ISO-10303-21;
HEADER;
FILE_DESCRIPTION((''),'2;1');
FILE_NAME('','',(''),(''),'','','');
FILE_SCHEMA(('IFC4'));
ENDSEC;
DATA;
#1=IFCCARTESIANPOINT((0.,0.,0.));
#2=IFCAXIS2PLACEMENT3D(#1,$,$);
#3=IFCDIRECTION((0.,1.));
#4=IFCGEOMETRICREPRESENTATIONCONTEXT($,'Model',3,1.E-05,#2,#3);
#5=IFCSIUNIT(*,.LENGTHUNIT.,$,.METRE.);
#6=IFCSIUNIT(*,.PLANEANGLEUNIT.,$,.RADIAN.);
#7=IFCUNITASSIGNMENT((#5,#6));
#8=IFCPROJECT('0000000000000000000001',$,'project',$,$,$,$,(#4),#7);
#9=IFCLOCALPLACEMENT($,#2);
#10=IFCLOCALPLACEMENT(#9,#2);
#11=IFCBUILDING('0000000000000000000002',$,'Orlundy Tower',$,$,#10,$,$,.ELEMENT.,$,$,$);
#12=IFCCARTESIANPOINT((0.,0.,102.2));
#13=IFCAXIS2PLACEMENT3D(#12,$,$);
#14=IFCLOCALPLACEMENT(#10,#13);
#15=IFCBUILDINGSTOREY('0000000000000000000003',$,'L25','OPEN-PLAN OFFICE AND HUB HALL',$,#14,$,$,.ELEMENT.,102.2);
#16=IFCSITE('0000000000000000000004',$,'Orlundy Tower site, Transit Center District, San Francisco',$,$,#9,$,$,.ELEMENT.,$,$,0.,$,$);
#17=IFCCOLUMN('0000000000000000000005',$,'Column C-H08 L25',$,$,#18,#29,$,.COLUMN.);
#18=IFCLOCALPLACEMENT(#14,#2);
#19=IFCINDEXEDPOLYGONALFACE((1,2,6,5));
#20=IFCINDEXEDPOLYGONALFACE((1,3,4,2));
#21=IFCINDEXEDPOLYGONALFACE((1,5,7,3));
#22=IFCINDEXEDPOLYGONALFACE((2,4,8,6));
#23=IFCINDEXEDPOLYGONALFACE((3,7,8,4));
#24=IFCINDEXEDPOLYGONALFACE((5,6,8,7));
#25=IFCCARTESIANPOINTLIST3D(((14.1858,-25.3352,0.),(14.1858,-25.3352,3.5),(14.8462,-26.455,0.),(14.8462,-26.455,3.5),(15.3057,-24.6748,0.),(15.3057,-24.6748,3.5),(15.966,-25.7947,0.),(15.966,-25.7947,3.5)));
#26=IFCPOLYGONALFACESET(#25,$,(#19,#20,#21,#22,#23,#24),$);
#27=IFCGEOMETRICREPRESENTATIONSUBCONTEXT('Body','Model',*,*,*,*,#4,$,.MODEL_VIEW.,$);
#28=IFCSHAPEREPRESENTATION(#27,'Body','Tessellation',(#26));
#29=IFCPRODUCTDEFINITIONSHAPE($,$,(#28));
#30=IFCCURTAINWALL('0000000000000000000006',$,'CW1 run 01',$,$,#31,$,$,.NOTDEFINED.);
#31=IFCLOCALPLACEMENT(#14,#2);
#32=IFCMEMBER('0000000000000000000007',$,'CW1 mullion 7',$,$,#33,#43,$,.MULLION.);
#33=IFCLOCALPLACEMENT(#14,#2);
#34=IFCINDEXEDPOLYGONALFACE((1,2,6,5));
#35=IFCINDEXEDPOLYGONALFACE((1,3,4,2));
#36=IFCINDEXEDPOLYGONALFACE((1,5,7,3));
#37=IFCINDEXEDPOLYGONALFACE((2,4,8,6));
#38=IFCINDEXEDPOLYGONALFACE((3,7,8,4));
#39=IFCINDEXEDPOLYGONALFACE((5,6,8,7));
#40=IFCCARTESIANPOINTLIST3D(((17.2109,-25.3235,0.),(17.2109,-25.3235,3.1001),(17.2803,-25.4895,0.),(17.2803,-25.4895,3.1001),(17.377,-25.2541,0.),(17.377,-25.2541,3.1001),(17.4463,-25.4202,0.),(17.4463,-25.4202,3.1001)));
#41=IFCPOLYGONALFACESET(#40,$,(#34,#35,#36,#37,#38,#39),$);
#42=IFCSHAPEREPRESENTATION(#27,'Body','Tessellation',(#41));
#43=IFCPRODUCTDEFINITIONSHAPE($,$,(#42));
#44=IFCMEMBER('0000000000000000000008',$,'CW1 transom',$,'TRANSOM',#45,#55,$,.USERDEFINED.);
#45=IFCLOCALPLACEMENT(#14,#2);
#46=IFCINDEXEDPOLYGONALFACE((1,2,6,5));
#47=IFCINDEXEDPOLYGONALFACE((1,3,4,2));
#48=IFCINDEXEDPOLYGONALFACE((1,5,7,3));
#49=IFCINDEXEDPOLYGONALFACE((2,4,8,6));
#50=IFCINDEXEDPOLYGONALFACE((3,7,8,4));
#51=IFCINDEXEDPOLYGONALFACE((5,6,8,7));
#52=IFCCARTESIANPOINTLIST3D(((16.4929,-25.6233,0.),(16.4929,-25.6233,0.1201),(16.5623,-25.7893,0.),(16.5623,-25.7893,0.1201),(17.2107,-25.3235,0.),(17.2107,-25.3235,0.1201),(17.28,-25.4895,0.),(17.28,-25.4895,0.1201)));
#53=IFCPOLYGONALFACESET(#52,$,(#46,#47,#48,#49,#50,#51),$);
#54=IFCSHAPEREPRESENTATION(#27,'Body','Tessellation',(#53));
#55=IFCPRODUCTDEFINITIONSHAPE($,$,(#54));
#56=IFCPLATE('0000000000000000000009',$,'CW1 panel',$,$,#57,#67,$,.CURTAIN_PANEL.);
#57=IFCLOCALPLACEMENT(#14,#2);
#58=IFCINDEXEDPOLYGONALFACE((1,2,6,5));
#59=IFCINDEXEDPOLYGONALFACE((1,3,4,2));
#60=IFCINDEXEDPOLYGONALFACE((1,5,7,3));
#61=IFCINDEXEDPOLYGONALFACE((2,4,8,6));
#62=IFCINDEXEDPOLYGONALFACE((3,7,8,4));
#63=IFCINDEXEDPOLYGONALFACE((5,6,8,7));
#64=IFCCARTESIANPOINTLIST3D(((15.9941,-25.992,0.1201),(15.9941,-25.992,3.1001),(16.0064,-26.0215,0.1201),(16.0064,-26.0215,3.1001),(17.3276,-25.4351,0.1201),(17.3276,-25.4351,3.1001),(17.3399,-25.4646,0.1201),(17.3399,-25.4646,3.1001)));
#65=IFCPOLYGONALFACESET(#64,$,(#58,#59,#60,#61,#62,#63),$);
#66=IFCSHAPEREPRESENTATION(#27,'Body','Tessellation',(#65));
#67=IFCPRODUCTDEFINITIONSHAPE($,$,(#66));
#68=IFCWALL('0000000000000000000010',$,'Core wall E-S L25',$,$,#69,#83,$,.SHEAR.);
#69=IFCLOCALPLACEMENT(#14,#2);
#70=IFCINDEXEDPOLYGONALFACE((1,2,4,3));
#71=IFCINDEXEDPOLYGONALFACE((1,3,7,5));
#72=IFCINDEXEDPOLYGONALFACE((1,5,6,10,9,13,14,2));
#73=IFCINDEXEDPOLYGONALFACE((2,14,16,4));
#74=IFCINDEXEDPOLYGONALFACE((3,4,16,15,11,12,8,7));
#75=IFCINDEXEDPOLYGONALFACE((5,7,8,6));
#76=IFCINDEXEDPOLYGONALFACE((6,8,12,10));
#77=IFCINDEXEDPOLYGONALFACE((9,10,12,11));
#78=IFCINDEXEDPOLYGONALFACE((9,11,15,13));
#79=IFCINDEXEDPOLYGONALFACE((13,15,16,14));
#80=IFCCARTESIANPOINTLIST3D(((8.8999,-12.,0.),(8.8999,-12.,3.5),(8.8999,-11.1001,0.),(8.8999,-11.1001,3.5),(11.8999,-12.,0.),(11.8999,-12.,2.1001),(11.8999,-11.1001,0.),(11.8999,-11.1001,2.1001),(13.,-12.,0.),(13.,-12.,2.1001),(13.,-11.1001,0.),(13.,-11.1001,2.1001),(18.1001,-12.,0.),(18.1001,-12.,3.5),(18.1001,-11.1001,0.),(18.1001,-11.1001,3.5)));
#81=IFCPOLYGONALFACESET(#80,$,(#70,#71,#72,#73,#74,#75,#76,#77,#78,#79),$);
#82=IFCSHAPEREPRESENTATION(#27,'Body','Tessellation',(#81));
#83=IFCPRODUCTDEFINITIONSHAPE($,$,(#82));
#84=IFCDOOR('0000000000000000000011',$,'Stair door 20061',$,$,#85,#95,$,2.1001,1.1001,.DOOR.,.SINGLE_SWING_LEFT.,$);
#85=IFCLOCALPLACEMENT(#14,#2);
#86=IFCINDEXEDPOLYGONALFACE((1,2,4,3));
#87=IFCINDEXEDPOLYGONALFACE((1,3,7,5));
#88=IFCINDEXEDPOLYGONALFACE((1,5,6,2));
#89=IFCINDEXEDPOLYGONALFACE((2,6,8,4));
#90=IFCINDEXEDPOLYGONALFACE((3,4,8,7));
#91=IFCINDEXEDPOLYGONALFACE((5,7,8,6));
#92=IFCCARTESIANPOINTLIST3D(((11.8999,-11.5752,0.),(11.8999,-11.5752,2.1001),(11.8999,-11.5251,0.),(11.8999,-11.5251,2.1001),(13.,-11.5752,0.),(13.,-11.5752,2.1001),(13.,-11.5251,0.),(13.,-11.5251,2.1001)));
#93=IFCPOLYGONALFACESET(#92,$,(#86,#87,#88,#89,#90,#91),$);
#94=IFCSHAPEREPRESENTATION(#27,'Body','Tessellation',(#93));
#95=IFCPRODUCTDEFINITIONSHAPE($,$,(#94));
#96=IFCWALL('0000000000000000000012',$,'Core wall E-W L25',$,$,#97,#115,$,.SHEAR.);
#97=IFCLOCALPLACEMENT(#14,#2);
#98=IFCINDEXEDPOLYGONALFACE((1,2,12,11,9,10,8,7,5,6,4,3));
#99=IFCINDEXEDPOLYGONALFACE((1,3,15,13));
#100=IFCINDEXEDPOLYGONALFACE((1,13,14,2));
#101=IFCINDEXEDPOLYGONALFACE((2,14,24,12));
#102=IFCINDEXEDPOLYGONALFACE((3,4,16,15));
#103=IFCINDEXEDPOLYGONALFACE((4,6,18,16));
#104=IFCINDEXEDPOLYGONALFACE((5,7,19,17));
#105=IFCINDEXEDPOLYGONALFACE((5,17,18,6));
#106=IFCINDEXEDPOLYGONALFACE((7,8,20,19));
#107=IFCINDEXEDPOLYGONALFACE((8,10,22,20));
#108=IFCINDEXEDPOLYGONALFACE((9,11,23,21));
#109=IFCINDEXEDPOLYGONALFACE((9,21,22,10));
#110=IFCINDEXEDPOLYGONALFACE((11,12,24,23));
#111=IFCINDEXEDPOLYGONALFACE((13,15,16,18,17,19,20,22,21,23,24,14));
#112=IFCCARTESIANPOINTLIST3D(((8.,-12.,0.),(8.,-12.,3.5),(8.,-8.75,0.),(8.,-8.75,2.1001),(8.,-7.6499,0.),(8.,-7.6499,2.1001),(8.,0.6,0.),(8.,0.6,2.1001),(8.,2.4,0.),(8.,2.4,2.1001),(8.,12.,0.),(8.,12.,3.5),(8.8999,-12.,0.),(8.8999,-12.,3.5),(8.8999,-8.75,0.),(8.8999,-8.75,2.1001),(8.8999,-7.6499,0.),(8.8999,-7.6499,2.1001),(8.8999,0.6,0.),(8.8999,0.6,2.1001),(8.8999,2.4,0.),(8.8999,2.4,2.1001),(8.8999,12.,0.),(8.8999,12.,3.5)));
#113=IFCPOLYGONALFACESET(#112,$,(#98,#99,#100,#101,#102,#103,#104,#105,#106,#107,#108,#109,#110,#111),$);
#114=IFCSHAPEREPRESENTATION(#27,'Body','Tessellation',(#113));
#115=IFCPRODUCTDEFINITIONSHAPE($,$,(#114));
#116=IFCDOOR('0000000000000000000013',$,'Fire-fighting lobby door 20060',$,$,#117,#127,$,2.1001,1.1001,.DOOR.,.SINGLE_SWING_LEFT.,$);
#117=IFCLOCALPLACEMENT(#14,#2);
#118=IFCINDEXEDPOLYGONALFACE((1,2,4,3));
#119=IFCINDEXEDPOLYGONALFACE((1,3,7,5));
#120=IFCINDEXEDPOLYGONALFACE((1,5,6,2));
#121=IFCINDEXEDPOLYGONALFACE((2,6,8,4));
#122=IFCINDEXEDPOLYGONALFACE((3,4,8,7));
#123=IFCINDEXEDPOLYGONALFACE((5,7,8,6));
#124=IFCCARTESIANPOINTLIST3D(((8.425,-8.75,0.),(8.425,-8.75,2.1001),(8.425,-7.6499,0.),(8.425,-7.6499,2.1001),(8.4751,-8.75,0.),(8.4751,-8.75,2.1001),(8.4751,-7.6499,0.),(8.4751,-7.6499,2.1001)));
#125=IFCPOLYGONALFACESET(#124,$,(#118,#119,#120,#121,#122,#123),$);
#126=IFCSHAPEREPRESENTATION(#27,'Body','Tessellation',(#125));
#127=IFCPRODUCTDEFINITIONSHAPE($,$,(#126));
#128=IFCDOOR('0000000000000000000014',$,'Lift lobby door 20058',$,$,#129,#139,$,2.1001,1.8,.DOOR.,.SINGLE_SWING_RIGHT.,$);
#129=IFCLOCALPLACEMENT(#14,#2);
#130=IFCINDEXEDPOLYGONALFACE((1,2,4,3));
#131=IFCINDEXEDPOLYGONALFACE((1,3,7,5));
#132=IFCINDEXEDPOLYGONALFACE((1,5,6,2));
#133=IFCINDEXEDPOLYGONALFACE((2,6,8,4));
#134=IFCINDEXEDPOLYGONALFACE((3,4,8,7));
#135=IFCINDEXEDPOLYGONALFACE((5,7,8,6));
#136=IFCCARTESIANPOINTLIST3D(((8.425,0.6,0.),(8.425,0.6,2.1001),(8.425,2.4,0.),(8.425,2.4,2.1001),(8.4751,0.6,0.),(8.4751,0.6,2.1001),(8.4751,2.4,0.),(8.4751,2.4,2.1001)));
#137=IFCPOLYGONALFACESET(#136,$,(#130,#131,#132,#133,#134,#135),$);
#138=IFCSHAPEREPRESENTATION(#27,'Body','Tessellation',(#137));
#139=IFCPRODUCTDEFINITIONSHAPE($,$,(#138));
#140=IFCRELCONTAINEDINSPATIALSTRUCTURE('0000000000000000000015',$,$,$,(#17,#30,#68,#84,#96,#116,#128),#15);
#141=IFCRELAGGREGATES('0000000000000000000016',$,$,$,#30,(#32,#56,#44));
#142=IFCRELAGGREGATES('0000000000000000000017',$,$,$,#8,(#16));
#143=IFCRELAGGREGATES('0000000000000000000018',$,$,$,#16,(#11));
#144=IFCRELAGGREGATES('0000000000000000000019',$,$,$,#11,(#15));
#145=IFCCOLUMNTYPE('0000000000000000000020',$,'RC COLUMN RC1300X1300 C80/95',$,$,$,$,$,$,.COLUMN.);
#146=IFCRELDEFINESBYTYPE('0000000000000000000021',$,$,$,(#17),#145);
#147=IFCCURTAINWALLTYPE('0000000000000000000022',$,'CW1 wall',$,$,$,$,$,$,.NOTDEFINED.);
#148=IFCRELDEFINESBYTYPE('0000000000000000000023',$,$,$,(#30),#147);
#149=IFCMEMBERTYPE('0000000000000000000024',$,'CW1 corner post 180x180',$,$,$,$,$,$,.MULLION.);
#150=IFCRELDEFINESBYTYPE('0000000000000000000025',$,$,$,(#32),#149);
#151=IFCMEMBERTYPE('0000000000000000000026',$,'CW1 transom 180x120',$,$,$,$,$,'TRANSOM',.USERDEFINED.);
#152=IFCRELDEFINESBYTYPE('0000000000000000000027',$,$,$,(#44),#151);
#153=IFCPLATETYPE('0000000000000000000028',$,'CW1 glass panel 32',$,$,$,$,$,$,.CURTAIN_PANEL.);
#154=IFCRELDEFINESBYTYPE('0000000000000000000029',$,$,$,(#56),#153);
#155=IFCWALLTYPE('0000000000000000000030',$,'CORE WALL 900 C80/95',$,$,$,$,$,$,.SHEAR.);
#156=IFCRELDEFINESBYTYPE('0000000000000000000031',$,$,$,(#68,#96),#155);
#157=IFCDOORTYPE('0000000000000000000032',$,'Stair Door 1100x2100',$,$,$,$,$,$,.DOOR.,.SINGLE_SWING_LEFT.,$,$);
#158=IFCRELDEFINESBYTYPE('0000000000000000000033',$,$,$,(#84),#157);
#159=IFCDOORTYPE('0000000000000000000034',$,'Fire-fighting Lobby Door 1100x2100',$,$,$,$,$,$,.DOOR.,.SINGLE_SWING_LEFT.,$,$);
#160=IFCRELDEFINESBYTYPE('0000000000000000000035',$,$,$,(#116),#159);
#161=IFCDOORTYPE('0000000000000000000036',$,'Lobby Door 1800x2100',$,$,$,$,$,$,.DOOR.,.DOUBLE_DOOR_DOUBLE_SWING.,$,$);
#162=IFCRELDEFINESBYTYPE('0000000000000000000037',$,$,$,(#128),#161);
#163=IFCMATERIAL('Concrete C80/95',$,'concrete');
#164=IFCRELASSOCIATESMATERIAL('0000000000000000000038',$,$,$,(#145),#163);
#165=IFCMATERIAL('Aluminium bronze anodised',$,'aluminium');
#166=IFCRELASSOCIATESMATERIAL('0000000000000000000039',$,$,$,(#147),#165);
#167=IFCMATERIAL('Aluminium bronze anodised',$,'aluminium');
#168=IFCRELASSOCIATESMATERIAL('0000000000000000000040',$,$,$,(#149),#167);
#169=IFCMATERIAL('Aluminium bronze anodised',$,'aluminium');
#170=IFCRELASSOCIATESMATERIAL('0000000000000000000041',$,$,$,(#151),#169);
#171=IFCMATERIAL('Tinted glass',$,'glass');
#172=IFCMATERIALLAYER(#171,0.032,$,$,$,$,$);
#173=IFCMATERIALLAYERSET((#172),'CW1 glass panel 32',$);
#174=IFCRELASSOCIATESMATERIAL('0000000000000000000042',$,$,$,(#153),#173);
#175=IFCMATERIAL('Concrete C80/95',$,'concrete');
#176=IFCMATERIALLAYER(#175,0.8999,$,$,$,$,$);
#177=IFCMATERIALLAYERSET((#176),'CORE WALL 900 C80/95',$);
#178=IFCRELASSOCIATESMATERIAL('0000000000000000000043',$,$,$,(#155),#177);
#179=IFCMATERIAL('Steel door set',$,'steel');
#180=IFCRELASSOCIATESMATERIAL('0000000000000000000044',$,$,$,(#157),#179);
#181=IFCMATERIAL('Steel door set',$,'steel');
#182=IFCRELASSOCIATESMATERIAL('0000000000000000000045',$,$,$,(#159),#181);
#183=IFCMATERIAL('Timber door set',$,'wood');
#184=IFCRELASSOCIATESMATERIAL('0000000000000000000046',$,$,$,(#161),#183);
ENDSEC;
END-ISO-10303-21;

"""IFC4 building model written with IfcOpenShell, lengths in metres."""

from ifc_helpers import new_model, si_unit, direction, frame, frame_2d, origin, origin_2d, place, context, subcontext, project, spatial, rectangle, extrude, material, layer, layer_set, material_profile, profile_set, type_object, element, fill, aggregate, save


model = new_model("IFC4")

# Units and contexts
model_context = context("Model", 3, precision=1e-05, world=origin(), true_north=direction((0.0, 1.0)))
body_context = subcontext(model_context, "Body", "Model", "MODEL_VIEW")
ifc_project = project(units=[si_unit("LENGTHUNIT", "METRE"), si_unit("PLANEANGLEUNIT", "RADIAN")], contexts=[model_context])

# Site, building, storey
site_placement = place(None, origin())
site = spatial("IfcSite", under=ifc_project, at=site_placement, Name="Orlundy Tower site, Transit Center District, San Francisco", CompositionType="ELEMENT", RefElevation=0.0)
building_placement = place(site_placement, origin())
building = spatial("IfcBuilding", under=site, at=building_placement, Name="Orlundy Tower", CompositionType="ELEMENT")
storey_placement = place(building_placement, frame((0.0, 0.0, 102.2)))
storey = spatial("IfcBuildingStorey", under=building, at=storey_placement, Name="L25", Description="OPEN-PLAN OFFICE AND HUB HALL", CompositionType="ELEMENT", Elevation=102.2)

# Column
ifc_material_1 = material(Name="Concrete C80/95", Category="concrete")
ifc_material_profile_1 = material_profile(ifc_material_1, rectangle(XDim=1.3, YDim=1.3, at=origin_2d()), Name="RC1300X1300")
ifc_profile_set_1 = profile_set([ifc_material_profile_1], Name="Concrete C80/95")
column_type = type_object("IfcColumnType", Name="RC COLUMN RC1300X1300 C80/95", PredefinedType="COLUMN", material=ifc_profile_set_1)
column_placement = place(storey_placement, frame((15.0759, -25.5649, 0.0), z_axis=(0.0, 0.0, 1.0), x_axis=(0.507959, -0.861381, 0.0)))
element("IfcColumn", 1, at=column_placement, inside=storey, type_object=column_type, Name="Column C-H08 L25", PredefinedType="COLUMN", context=body_context, shape_type="SweptSolid", body=[
    extrude(rectangle(XDim=1.3, YDim=1.3, at=origin_2d()), origin(), (0.0, 0.0, 1.0), 3.5),
])

# Curtain wall, members, plate
ifc_material_2 = material(Name="Aluminium bronze anodised", Category="aluminium")
curtain_wall_type = type_object("IfcCurtainWallType", Name="CW1 wall", PredefinedType="NOTDEFINED", material=ifc_material_2)
curtain_wall_placement = place(storey_placement, origin())
curtain_wall = element("IfcCurtainWall", 2, at=curtain_wall_placement, inside=storey, type_object=curtain_wall_type, Name="CW1 run 01", PredefinedType="NOTDEFINED")
ifc_material_3 = material(Name="Aluminium bronze anodised", Category="aluminium")
ifc_material_profile_2 = material_profile(ifc_material_3, rectangle(XDim=0.1799, YDim=0.1799, at=origin_2d()), Name="CW1 corner post 180x180")
ifc_profile_set_2 = profile_set([ifc_material_profile_2], Name="Aluminium bronze anodised")
member_type_1 = type_object("IfcMemberType", Name="CW1 corner post 180x180", PredefinedType="MULLION", material=ifc_profile_set_2)
member_1_placement = place(storey_placement, frame((17.3286, -25.3718, 0.0), z_axis=(0.0, 0.0, 1.0), x_axis=(0.385377, -0.922759, 0.0)))
member_1 = element("IfcMember", 3, at=member_1_placement, type_object=member_type_1, Name="CW1 mullion 7", PredefinedType="MULLION", context=body_context, shape_type="SweptSolid", body=[
    extrude(rectangle(XDim=0.1799, YDim=0.1799, at=origin_2d()), origin(), (0.0, 0.0, 1.0), 3.1001),
])
ifc_material_4 = material(Name="Aluminium bronze anodised", Category="aluminium")
ifc_material_profile_3 = material_profile(ifc_material_4, rectangle(XDim=0.1799, YDim=0.1201, at=origin_2d()), Name="CW1 transom 180x120")
ifc_profile_set_3 = profile_set([ifc_material_profile_3], Name="Aluminium bronze anodised")
member_type_2 = type_object("IfcMemberType", Name="CW1 transom 180x120", ElementType="TRANSOM", PredefinedType="USERDEFINED", material=ifc_profile_set_3)
member_2_placement = place(storey_placement, frame((17.2454, -25.4065, 0.0601), z_axis=(-0.922742, -0.385418, 0.0), x_axis=(0.385418, -0.922742, 0.0)))
member_2 = element("IfcMember", 4, at=member_2_placement, type_object=member_type_2, Name="CW1 transom", ObjectType="TRANSOM", PredefinedType="USERDEFINED", context=body_context, shape_type="SweptSolid", body=[
    extrude(rectangle(XDim=0.1799, YDim=0.1201, at=origin_2d()), origin(), (0.0, 0.0, 1.0), 0.7778),
])
ifc_material_5 = material(Name="Tinted glass", Category="glass")
ifc_layer_1 = layer(ifc_material_5, 0.032)
ifc_layer_set_1 = layer_set([ifc_layer_1], Name="CW1 glass panel 32")
plate_type = type_object("IfcPlateType", Name="CW1 glass panel 32", PredefinedType="CURTAIN_PANEL", material=ifc_layer_set_1)
plate_placement = place(storey_placement, frame((16.667, -25.7283, 0.1201), z_axis=(0.0, 0.0, 1.0), x_axis=(-0.922759, -0.385377, 0.0)))
plate = element("IfcPlate", 5, at=plate_placement, type_object=plate_type, Name="CW1 panel", PredefinedType="CURTAIN_PANEL", context=body_context, shape_type="SweptSolid", body=[
    extrude(rectangle(XDim=1.4451, YDim=0.032, at=origin_2d()), origin(), (0.0, 0.0, 1.0), 2.98),
])
aggregate(curtain_wall, [member_1, plate, member_2])

# Wall, opening, door
ifc_material_6 = material(Name="Concrete C80/95", Category="concrete")
ifc_layer_2 = layer(ifc_material_6, 0.8999)
ifc_layer_set_2 = layer_set([ifc_layer_2], Name="CORE WALL 900 C80/95")
wall_type_1 = type_object("IfcWallType", Name="CORE WALL 900 C80/95", PredefinedType="SHEAR", material=ifc_layer_set_2)
wall_1_placement = place(storey_placement, frame((8.8999, -11.55, 0.0), z_axis=(0.0, 0.0, 1.0), x_axis=(1.0, 0.0, 0.0)))
wall_1 = element("IfcWall", 6, at=wall_1_placement, inside=storey, type_object=wall_type_1, Name="Core wall E-S L25", PredefinedType="SHEAR", context=body_context, shape_type="SweptSolid", body=[
    extrude(rectangle(XDim=9.2002, YDim=0.8999, at=frame_2d((4.6001, 0.0))), origin(), (0.0, 0.0, 1.0), 3.5),
])
opening_1_placement = place(wall_1_placement, frame((3.0, 0.0, 0.0)))
opening_1 = element("IfcOpeningElement", 7, at=opening_1_placement, cuts=wall_1, PredefinedType="OPENING", context=body_context, shape_type="SweptSolid", body=[
    extrude(rectangle(XDim=1.1001, YDim=2.1001, at=frame_2d((0.55, 1.05))), frame((0.0, 0.46, 0.0), z_axis=(0.0, -1.0, 0.0), x_axis=(1.0, 0.0, 0.0)), (0.0, 0.0, 1.0), 0.9199),
])
ifc_material_7 = material(Name="Steel door set", Category="steel")
door_type_1 = type_object("IfcDoorType", Name="Stair Door 1100x2100", OperationType="SINGLE_SWING_LEFT", PredefinedType="DOOR", material=ifc_material_7)
door_1_placement = place(opening_1_placement, origin())
door_1 = element("IfcDoor", 8, at=door_1_placement, inside=storey, type_object=door_type_1, Name="Stair door 20061", OperationType="SINGLE_SWING_LEFT", OverallHeight=2.1001, OverallWidth=1.1001, PredefinedType="DOOR", context=body_context, shape_type="SweptSolid", body=[
    extrude(rectangle(XDim=1.1001, YDim=2.1001, at=frame_2d((0.55, 1.05))), frame((0.0, 0.0249, 0.0), z_axis=(0.0, -1.0, 0.0), x_axis=(1.0, 0.0, 0.0)), (0.0, 0.0, 1.0), 0.05),
])
fill(opening_1, door_1)

# Wall, openings, doors
wall_2_placement = place(storey_placement, frame((8.45, -12.0, 0.0), z_axis=(0.0, 0.0, 1.0), x_axis=(0.0, 1.0, 0.0)))
wall_2 = element("IfcWall", 9, at=wall_2_placement, inside=storey, type_object=wall_type_1, Name="Core wall E-W L25", PredefinedType="SHEAR", context=body_context, shape_type="SweptSolid", body=[
    extrude(rectangle(XDim=24.0, YDim=0.8999, at=frame_2d((12.0, 0.0))), origin(), (0.0, 0.0, 1.0), 3.5),
])
opening_2_placement = place(wall_2_placement, frame((12.6001, 0.0, 0.0)))
opening_2 = element("IfcOpeningElement", 10, at=opening_2_placement, cuts=wall_2, PredefinedType="OPENING", context=body_context, shape_type="SweptSolid", body=[
    extrude(rectangle(XDim=1.8, YDim=2.1001, at=frame_2d((0.8999, 1.05))), frame((0.0, 0.46, 0.0), z_axis=(0.0, -1.0, 0.0), x_axis=(1.0, 0.0, 0.0)), (0.0, 0.0, 1.0), 0.9199),
])
opening_3_placement = place(wall_2_placement, frame((3.25, 0.0, 0.0)))
opening_3 = element("IfcOpeningElement", 11, at=opening_3_placement, cuts=wall_2, PredefinedType="OPENING", context=body_context, shape_type="SweptSolid", body=[
    extrude(rectangle(XDim=1.1001, YDim=2.1001, at=frame_2d((0.55, 1.05))), frame((0.0, 0.46, 0.0), z_axis=(0.0, -1.0, 0.0), x_axis=(1.0, 0.0, 0.0)), (0.0, 0.0, 1.0), 0.9199),
])
ifc_material_8 = material(Name="Steel door set", Category="steel")
door_type_2 = type_object("IfcDoorType", Name="Fire-fighting Lobby Door 1100x2100", OperationType="SINGLE_SWING_LEFT", PredefinedType="DOOR", material=ifc_material_8)
door_2_placement = place(opening_3_placement, origin())
door_2 = element("IfcDoor", 12, at=door_2_placement, inside=storey, type_object=door_type_2, Name="Fire-fighting lobby door 20060", OperationType="SINGLE_SWING_LEFT", OverallHeight=2.1001, OverallWidth=1.1001, PredefinedType="DOOR", context=body_context, shape_type="SweptSolid", body=[
    extrude(rectangle(XDim=1.1001, YDim=2.1001, at=frame_2d((0.55, 1.05))), frame((0.0, 0.0249, 0.0), z_axis=(0.0, -1.0, 0.0), x_axis=(1.0, 0.0, 0.0)), (0.0, 0.0, 1.0), 0.05),
])
fill(opening_3, door_2)
ifc_material_9 = material(Name="Timber door set", Category="wood")
door_type_3 = type_object("IfcDoorType", Name="Lobby Door 1800x2100", OperationType="DOUBLE_DOOR_DOUBLE_SWING", PredefinedType="DOOR", material=ifc_material_9)
door_3_placement = place(opening_2_placement, origin())
door_3 = element("IfcDoor", 13, at=door_3_placement, inside=storey, type_object=door_type_3, Name="Lift lobby door 20058", OperationType="SINGLE_SWING_RIGHT", OverallHeight=2.1001, OverallWidth=1.8, PredefinedType="DOOR", context=body_context, shape_type="SweptSolid", body=[
    extrude(rectangle(XDim=1.8, YDim=2.1001, at=frame_2d((0.8999, 1.05))), frame((0.0, 0.0249, 0.0), z_axis=(0.0, -1.0, 0.0), x_axis=(1.0, 0.0, 0.0)), (0.0, 0.0, 1.0), 0.05),
])
fill(opening_2, door_3)

save(model, "model.ifc")
